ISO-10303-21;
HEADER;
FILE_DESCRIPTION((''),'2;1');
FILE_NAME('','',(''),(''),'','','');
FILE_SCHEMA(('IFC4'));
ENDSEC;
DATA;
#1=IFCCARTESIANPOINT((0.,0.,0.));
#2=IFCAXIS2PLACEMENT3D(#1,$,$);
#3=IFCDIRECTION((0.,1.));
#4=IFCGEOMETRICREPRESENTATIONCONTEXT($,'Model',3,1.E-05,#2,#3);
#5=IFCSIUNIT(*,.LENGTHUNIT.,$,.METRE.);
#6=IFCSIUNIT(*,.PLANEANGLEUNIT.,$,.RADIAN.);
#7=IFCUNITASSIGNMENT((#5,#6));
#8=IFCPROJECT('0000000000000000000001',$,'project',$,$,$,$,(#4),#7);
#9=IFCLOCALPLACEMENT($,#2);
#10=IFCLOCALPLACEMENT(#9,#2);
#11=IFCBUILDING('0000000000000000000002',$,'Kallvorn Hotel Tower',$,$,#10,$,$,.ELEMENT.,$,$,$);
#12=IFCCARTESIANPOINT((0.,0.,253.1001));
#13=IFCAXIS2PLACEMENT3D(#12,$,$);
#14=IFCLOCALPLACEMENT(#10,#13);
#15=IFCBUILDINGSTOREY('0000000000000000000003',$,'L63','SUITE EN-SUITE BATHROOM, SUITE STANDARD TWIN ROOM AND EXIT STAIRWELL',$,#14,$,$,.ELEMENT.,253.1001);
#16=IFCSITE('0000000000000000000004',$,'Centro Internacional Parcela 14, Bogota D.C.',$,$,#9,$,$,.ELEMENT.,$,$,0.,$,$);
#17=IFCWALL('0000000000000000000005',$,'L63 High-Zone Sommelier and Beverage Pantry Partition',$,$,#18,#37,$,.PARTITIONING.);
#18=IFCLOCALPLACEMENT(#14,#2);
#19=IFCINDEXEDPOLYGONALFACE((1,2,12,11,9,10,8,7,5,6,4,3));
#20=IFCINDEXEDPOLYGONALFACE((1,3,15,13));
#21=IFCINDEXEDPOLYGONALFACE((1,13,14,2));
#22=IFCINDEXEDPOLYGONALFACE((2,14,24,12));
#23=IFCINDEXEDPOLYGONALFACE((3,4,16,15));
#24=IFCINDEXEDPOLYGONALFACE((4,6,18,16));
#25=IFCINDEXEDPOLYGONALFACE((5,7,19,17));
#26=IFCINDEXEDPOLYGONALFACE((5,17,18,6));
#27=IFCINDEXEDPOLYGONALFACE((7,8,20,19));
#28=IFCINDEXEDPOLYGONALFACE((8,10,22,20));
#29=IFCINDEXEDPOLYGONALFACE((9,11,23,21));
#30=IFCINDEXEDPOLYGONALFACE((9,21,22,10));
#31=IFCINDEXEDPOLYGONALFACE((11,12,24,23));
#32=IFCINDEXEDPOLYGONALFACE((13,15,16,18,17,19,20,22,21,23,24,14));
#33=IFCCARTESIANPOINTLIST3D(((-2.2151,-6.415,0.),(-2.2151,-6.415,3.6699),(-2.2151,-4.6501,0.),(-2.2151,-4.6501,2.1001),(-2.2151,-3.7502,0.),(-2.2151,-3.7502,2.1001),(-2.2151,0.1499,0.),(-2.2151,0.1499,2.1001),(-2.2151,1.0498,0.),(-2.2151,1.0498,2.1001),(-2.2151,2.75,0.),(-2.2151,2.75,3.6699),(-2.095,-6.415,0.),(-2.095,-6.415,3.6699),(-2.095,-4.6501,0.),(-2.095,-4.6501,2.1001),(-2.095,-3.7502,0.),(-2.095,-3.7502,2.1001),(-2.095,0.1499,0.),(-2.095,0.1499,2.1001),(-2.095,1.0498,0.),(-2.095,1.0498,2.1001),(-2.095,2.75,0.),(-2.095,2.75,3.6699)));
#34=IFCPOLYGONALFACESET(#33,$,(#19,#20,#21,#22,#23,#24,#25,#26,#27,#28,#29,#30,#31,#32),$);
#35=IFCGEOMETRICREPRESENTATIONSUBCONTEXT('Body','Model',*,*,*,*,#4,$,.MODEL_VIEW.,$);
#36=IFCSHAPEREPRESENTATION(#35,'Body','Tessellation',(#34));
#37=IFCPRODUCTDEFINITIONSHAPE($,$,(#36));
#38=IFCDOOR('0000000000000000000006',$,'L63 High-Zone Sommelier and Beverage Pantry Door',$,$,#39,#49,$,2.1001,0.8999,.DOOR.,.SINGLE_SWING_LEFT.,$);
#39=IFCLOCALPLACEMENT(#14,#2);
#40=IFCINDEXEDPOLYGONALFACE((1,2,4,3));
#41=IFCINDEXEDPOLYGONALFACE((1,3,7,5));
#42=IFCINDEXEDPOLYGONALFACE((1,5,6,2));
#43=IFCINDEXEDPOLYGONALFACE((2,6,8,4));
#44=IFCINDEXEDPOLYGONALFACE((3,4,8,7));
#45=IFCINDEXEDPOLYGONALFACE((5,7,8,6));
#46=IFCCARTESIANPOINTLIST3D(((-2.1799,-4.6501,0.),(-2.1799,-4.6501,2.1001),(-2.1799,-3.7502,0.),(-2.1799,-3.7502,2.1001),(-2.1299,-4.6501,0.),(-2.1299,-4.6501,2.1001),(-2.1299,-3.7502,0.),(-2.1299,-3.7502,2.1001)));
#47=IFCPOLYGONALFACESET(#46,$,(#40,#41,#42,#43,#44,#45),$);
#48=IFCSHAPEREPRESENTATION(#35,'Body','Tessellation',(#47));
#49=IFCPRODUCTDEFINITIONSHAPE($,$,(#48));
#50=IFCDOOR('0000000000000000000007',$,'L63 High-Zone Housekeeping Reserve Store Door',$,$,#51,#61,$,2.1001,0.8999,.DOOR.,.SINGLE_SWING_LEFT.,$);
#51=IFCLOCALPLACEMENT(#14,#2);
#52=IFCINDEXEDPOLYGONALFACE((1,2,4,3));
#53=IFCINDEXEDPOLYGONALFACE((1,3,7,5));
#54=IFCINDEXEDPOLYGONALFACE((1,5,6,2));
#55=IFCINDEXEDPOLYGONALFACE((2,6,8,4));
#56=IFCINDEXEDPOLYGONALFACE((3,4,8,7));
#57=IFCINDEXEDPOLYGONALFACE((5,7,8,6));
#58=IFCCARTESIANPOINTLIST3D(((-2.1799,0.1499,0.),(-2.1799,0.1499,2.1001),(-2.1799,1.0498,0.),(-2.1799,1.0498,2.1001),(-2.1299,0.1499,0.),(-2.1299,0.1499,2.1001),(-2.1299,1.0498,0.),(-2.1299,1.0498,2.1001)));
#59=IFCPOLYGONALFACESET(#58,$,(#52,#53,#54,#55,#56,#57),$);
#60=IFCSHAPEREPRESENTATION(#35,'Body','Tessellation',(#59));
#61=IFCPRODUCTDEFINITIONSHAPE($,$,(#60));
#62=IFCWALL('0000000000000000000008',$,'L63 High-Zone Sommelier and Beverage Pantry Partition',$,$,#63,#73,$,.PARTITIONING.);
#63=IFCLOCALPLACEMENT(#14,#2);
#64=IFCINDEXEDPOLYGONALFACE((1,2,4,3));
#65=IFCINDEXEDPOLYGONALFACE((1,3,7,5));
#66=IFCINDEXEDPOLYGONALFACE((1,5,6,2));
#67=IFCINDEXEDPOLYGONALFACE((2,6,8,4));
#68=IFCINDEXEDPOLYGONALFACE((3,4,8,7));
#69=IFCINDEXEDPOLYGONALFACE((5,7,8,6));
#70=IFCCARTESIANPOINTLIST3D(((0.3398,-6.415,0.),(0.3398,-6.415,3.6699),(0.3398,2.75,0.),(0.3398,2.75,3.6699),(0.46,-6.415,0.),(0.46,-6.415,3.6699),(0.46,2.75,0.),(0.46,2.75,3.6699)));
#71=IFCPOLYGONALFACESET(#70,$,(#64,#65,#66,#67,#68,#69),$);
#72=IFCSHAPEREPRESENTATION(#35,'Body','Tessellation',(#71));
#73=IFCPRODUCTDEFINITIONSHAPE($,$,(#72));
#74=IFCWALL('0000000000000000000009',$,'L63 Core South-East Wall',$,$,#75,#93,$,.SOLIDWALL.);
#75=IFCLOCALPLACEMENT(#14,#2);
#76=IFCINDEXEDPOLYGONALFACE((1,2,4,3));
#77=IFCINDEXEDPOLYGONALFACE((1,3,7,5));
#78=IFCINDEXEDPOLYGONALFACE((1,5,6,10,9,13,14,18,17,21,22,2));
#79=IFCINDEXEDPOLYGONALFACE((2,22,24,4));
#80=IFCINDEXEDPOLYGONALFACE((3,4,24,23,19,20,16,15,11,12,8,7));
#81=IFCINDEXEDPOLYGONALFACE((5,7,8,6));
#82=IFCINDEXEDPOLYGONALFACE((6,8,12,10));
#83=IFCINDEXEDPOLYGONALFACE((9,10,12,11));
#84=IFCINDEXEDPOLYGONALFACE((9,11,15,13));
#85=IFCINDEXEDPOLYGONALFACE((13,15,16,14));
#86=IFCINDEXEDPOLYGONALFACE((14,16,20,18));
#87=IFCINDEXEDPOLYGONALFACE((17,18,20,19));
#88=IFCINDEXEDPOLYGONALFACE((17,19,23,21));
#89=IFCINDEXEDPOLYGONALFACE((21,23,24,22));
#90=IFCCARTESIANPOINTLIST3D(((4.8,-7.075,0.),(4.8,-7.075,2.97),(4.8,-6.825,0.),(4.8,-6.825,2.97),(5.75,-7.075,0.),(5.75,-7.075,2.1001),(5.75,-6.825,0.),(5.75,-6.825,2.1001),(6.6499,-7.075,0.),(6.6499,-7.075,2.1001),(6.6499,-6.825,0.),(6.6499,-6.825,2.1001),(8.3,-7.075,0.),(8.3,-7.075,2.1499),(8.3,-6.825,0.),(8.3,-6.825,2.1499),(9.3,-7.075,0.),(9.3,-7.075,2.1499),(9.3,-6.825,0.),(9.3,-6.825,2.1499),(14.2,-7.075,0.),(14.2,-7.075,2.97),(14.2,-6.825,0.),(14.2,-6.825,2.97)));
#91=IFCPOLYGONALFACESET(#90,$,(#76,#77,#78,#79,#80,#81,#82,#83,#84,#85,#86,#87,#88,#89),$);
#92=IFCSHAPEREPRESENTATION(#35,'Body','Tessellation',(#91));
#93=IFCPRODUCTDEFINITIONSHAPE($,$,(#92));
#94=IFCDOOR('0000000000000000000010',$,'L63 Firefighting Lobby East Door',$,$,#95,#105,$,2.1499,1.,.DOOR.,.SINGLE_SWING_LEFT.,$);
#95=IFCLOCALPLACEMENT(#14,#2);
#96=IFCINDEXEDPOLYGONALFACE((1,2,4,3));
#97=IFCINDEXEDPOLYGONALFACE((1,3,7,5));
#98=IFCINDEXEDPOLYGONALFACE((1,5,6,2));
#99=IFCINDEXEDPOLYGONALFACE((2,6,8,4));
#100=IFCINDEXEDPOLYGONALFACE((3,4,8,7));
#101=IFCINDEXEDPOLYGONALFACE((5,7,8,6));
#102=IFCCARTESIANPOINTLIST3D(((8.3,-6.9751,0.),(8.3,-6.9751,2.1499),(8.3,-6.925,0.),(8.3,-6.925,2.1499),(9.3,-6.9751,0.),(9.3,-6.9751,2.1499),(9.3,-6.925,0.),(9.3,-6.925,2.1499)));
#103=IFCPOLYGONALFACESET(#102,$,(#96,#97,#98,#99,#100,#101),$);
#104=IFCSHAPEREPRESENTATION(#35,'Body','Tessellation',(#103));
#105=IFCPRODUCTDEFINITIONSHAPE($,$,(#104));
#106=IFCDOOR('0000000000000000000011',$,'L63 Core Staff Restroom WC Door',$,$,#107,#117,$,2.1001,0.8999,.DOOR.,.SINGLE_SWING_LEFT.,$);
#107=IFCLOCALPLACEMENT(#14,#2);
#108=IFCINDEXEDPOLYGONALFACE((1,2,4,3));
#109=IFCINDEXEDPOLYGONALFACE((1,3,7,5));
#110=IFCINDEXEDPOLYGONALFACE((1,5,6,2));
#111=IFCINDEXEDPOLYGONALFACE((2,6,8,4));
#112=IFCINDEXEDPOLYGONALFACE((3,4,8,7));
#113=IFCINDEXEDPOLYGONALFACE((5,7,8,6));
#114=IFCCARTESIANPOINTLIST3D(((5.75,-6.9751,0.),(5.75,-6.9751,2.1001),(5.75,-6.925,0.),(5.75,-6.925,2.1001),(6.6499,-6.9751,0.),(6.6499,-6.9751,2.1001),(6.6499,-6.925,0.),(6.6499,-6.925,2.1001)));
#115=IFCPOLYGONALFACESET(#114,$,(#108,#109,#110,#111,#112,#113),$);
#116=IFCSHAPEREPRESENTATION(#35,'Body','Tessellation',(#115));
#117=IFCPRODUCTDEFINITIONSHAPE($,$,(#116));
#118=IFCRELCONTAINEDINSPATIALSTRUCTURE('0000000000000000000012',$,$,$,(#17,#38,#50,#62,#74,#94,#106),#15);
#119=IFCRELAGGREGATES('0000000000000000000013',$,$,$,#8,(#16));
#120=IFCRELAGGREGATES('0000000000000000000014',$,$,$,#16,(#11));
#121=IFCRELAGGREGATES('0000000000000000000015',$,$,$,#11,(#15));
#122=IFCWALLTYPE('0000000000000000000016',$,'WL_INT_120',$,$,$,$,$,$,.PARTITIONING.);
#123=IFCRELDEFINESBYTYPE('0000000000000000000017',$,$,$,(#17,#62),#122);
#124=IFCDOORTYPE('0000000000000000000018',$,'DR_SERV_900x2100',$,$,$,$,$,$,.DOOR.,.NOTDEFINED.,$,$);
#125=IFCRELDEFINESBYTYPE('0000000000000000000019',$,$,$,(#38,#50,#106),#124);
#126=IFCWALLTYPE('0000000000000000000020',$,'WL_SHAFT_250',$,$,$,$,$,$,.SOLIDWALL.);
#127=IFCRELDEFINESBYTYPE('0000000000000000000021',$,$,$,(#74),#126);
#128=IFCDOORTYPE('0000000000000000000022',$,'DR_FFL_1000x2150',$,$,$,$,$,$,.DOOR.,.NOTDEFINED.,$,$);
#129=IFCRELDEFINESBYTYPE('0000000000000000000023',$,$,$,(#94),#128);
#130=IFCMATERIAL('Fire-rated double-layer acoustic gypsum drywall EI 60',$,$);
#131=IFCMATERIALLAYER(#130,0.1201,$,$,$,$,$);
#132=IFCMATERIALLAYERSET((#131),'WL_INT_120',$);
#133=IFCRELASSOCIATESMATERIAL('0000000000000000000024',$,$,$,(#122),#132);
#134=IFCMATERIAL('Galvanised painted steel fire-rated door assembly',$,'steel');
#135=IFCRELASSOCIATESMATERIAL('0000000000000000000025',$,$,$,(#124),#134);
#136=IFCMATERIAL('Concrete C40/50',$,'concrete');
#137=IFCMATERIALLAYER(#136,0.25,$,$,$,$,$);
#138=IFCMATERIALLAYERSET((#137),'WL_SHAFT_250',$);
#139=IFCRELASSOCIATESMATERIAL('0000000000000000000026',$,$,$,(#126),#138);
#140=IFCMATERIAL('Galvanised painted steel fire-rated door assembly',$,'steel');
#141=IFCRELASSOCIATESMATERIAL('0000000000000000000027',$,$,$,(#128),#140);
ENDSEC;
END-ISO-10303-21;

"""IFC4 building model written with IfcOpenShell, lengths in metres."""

from ifc_helpers import new_model, si_unit, direction, frame, frame_2d, origin, place, context, subcontext, project, spatial, rectangle, extrude, material, layer, layer_set, type_object, element, fill, save


model = new_model("IFC4")

# Units and contexts
model_context = context("Model", 3, precision=1e-05, world=origin(), true_north=direction((0.0, 1.0)))
body_context = subcontext(model_context, "Body", "Model", "MODEL_VIEW")
ifc_project = project(units=[si_unit("LENGTHUNIT", "METRE"), si_unit("PLANEANGLEUNIT", "RADIAN")], contexts=[model_context])

# Site, building, storey
site_placement = place(None, origin())
site = spatial("IfcSite", under=ifc_project, at=site_placement, Name="Centro Internacional Parcela 14, Bogota D.C.", CompositionType="ELEMENT", RefElevation=0.0)
building_placement = place(site_placement, origin())
building = spatial("IfcBuilding", under=site, at=building_placement, Name="Kallvorn Hotel Tower", CompositionType="ELEMENT")
storey_placement = place(building_placement, frame((0.0, 0.0, 253.1001)))
storey = spatial("IfcBuildingStorey", under=building, at=storey_placement, Name="L63", Description="SUITE EN-SUITE BATHROOM, SUITE STANDARD TWIN ROOM AND EXIT STAIRWELL", CompositionType="ELEMENT", Elevation=253.1001)

# Shared definitions
ifc_material_1 = material(Name="Fire-rated double-layer acoustic gypsum drywall EI 60")
ifc_layer_1 = layer(ifc_material_1, 0.1201)
ifc_layer_set_1 = layer_set([ifc_layer_1], Name="WL_INT_120")
wall_type_1 = type_object("IfcWallType", Name="WL_INT_120", PredefinedType="PARTITIONING", material=ifc_layer_set_1)

# Wall, openings, doors
wall_1_placement = place(storey_placement, frame((-2.155, -6.415, 0.0), z_axis=(0.0, 0.0, 1.0), x_axis=(0.0, 1.0, 0.0)))
wall_1 = element("IfcWall", 1, at=wall_1_placement, inside=storey, type_object=wall_type_1, Name="L63 High-Zone Sommelier and Beverage Pantry Partition", PredefinedType="PARTITIONING", context=body_context, shape_type="SweptSolid", body=[
    extrude(rectangle(XDim=9.165, YDim=0.1201, at=frame_2d((4.5825, 0.0))), origin(), (0.0, 0.0, 1.0), 3.6699),
])
opening_1_placement = place(wall_1_placement, frame((1.7649, 0.0, 0.0)))
opening_1 = element("IfcOpeningElement", 2, at=opening_1_placement, cuts=wall_1, PredefinedType="OPENING", context=body_context, shape_type="SweptSolid", body=[
    extrude(rectangle(XDim=0.8999, YDim=2.1001, at=frame_2d((0.45, 1.05))), frame((0.0, 0.075, 0.0), z_axis=(0.0, -1.0, 0.0), x_axis=(1.0, 0.0, 0.0)), (0.0, 0.0, 1.0), 0.1501),
])
opening_2_placement = place(wall_1_placement, frame((6.5649, 0.0, 0.0)))
opening_2 = element("IfcOpeningElement", 3, at=opening_2_placement, cuts=wall_1, PredefinedType="OPENING", context=body_context, shape_type="SweptSolid", body=[
    extrude(rectangle(XDim=0.8999, YDim=2.1001, at=frame_2d((0.45, 1.05))), frame((0.0, 0.075, 0.0), z_axis=(0.0, -1.0, 0.0), x_axis=(1.0, 0.0, 0.0)), (0.0, 0.0, 1.0), 0.1501),
])
ifc_material_2 = material(Name="Galvanised painted steel fire-rated door assembly", Category="steel")
door_type_1 = type_object("IfcDoorType", Name="DR_SERV_900x2100", OperationType="NOTDEFINED", PredefinedType="DOOR", material=ifc_material_2)
door_1_placement = place(opening_1_placement, origin())
door_1 = element("IfcDoor", 4, at=door_1_placement, inside=storey, type_object=door_type_1, Name="L63 High-Zone Sommelier and Beverage Pantry Door", OperationType="SINGLE_SWING_LEFT", OverallHeight=2.1001, OverallWidth=0.8999, PredefinedType="DOOR", context=body_context, shape_type="SweptSolid", body=[
    extrude(rectangle(XDim=0.8999, YDim=2.1001, at=frame_2d((0.45, 1.05))), frame((0.0, 0.0249, 0.0), z_axis=(0.0, -1.0, 0.0), x_axis=(1.0, 0.0, 0.0)), (0.0, 0.0, 1.0), 0.05),
])
fill(opening_1, door_1)
door_2_placement = place(opening_2_placement, origin())
door_2 = element("IfcDoor", 5, at=door_2_placement, inside=storey, type_object=door_type_1, Name="L63 High-Zone Housekeeping Reserve Store Door", OperationType="SINGLE_SWING_LEFT", OverallHeight=2.1001, OverallWidth=0.8999, PredefinedType="DOOR", context=body_context, shape_type="SweptSolid", body=[
    extrude(rectangle(XDim=0.8999, YDim=2.1001, at=frame_2d((0.45, 1.05))), frame((0.0, 0.0249, 0.0), z_axis=(0.0, -1.0, 0.0), x_axis=(1.0, 0.0, 0.0)), (0.0, 0.0, 1.0), 0.05),
])
fill(opening_2, door_2)

# Wall
wall_2_placement = place(storey_placement, frame((0.3999, -6.415, 0.0), z_axis=(0.0, 0.0, 1.0), x_axis=(0.0, 1.0, 0.0)))
element("IfcWall", 6, at=wall_2_placement, inside=storey, type_object=wall_type_1, Name="L63 High-Zone Sommelier and Beverage Pantry Partition", PredefinedType="PARTITIONING", context=body_context, shape_type="SweptSolid", body=[
    extrude(rectangle(XDim=9.165, YDim=0.1201, at=frame_2d((4.5825, 0.0))), origin(), (0.0, 0.0, 1.0), 3.6699),
])

# Wall, openings, doors
ifc_material_3 = material(Name="Concrete C40/50", Category="concrete")
ifc_layer_2 = layer(ifc_material_3, 0.25)
ifc_layer_set_2 = layer_set([ifc_layer_2], Name="WL_SHAFT_250")
wall_type_2 = type_object("IfcWallType", Name="WL_SHAFT_250", PredefinedType="SOLIDWALL", material=ifc_layer_set_2)
wall_3_placement = place(storey_placement, frame((4.8, -6.95, 0.0), z_axis=(0.0, 0.0, 1.0), x_axis=(1.0, 0.0, 0.0)))
wall_3 = element("IfcWall", 7, at=wall_3_placement, inside=storey, type_object=wall_type_2, Name="L63 Core South-East Wall", PredefinedType="SOLIDWALL", context=body_context, shape_type="SweptSolid", body=[
    extrude(rectangle(XDim=9.3999, YDim=0.25, at=frame_2d((4.7, 0.0))), origin(), (0.0, 0.0, 1.0), 2.97),
])
opening_3_placement = place(wall_3_placement, frame((3.5, 0.0, 0.0)))
opening_3 = element("IfcOpeningElement", 8, at=opening_3_placement, cuts=wall_3, PredefinedType="OPENING", context=body_context, shape_type="SweptSolid", body=[
    extrude(rectangle(XDim=1.0, YDim=2.1499, at=frame_2d((0.5, 1.075))), frame((0.0, 0.1399, 0.0), z_axis=(0.0, -1.0, 0.0), x_axis=(1.0, 0.0, 0.0)), (0.0, 0.0, 1.0), 0.28),
])
opening_4_placement = place(wall_3_placement, frame((0.95, 0.0, 0.0)))
opening_4 = element("IfcOpeningElement", 9, at=opening_4_placement, cuts=wall_3, PredefinedType="OPENING", context=body_context, shape_type="SweptSolid", body=[
    extrude(rectangle(XDim=0.8999, YDim=2.1001, at=frame_2d((0.45, 1.05))), frame((0.0, 0.1399, 0.0), z_axis=(0.0, -1.0, 0.0), x_axis=(1.0, 0.0, 0.0)), (0.0, 0.0, 1.0), 0.28),
])
ifc_material_4 = material(Name="Galvanised painted steel fire-rated door assembly", Category="steel")
door_type_2 = type_object("IfcDoorType", Name="DR_FFL_1000x2150", OperationType="NOTDEFINED", PredefinedType="DOOR", material=ifc_material_4)
door_3_placement = place(opening_3_placement, origin())
door_3 = element("IfcDoor", 10, at=door_3_placement, inside=storey, type_object=door_type_2, Name="L63 Firefighting Lobby East Door", OperationType="SINGLE_SWING_LEFT", OverallHeight=2.1499, OverallWidth=1.0, PredefinedType="DOOR", context=body_context, shape_type="SweptSolid", body=[
    extrude(rectangle(XDim=1.0, YDim=2.1499, at=frame_2d((0.5, 1.075))), frame((0.0, 0.0249, 0.0), z_axis=(0.0, -1.0, 0.0), x_axis=(1.0, 0.0, 0.0)), (0.0, 0.0, 1.0), 0.05),
])
fill(opening_3, door_3)
door_4_placement = place(opening_4_placement, origin())
door_4 = element("IfcDoor", 11, at=door_4_placement, inside=storey, type_object=door_type_1, Name="L63 Core Staff Restroom WC Door", OperationType="SINGLE_SWING_LEFT", OverallHeight=2.1001, OverallWidth=0.8999, PredefinedType="DOOR", context=body_context, shape_type="SweptSolid", body=[
    extrude(rectangle(XDim=0.8999, YDim=2.1001, at=frame_2d((0.45, 1.05))), frame((0.0, 0.0249, 0.0), z_axis=(0.0, -1.0, 0.0), x_axis=(1.0, 0.0, 0.0)), (0.0, 0.0, 1.0), 0.05),
])
fill(opening_4, door_4)

save(model, "model.ifc")
